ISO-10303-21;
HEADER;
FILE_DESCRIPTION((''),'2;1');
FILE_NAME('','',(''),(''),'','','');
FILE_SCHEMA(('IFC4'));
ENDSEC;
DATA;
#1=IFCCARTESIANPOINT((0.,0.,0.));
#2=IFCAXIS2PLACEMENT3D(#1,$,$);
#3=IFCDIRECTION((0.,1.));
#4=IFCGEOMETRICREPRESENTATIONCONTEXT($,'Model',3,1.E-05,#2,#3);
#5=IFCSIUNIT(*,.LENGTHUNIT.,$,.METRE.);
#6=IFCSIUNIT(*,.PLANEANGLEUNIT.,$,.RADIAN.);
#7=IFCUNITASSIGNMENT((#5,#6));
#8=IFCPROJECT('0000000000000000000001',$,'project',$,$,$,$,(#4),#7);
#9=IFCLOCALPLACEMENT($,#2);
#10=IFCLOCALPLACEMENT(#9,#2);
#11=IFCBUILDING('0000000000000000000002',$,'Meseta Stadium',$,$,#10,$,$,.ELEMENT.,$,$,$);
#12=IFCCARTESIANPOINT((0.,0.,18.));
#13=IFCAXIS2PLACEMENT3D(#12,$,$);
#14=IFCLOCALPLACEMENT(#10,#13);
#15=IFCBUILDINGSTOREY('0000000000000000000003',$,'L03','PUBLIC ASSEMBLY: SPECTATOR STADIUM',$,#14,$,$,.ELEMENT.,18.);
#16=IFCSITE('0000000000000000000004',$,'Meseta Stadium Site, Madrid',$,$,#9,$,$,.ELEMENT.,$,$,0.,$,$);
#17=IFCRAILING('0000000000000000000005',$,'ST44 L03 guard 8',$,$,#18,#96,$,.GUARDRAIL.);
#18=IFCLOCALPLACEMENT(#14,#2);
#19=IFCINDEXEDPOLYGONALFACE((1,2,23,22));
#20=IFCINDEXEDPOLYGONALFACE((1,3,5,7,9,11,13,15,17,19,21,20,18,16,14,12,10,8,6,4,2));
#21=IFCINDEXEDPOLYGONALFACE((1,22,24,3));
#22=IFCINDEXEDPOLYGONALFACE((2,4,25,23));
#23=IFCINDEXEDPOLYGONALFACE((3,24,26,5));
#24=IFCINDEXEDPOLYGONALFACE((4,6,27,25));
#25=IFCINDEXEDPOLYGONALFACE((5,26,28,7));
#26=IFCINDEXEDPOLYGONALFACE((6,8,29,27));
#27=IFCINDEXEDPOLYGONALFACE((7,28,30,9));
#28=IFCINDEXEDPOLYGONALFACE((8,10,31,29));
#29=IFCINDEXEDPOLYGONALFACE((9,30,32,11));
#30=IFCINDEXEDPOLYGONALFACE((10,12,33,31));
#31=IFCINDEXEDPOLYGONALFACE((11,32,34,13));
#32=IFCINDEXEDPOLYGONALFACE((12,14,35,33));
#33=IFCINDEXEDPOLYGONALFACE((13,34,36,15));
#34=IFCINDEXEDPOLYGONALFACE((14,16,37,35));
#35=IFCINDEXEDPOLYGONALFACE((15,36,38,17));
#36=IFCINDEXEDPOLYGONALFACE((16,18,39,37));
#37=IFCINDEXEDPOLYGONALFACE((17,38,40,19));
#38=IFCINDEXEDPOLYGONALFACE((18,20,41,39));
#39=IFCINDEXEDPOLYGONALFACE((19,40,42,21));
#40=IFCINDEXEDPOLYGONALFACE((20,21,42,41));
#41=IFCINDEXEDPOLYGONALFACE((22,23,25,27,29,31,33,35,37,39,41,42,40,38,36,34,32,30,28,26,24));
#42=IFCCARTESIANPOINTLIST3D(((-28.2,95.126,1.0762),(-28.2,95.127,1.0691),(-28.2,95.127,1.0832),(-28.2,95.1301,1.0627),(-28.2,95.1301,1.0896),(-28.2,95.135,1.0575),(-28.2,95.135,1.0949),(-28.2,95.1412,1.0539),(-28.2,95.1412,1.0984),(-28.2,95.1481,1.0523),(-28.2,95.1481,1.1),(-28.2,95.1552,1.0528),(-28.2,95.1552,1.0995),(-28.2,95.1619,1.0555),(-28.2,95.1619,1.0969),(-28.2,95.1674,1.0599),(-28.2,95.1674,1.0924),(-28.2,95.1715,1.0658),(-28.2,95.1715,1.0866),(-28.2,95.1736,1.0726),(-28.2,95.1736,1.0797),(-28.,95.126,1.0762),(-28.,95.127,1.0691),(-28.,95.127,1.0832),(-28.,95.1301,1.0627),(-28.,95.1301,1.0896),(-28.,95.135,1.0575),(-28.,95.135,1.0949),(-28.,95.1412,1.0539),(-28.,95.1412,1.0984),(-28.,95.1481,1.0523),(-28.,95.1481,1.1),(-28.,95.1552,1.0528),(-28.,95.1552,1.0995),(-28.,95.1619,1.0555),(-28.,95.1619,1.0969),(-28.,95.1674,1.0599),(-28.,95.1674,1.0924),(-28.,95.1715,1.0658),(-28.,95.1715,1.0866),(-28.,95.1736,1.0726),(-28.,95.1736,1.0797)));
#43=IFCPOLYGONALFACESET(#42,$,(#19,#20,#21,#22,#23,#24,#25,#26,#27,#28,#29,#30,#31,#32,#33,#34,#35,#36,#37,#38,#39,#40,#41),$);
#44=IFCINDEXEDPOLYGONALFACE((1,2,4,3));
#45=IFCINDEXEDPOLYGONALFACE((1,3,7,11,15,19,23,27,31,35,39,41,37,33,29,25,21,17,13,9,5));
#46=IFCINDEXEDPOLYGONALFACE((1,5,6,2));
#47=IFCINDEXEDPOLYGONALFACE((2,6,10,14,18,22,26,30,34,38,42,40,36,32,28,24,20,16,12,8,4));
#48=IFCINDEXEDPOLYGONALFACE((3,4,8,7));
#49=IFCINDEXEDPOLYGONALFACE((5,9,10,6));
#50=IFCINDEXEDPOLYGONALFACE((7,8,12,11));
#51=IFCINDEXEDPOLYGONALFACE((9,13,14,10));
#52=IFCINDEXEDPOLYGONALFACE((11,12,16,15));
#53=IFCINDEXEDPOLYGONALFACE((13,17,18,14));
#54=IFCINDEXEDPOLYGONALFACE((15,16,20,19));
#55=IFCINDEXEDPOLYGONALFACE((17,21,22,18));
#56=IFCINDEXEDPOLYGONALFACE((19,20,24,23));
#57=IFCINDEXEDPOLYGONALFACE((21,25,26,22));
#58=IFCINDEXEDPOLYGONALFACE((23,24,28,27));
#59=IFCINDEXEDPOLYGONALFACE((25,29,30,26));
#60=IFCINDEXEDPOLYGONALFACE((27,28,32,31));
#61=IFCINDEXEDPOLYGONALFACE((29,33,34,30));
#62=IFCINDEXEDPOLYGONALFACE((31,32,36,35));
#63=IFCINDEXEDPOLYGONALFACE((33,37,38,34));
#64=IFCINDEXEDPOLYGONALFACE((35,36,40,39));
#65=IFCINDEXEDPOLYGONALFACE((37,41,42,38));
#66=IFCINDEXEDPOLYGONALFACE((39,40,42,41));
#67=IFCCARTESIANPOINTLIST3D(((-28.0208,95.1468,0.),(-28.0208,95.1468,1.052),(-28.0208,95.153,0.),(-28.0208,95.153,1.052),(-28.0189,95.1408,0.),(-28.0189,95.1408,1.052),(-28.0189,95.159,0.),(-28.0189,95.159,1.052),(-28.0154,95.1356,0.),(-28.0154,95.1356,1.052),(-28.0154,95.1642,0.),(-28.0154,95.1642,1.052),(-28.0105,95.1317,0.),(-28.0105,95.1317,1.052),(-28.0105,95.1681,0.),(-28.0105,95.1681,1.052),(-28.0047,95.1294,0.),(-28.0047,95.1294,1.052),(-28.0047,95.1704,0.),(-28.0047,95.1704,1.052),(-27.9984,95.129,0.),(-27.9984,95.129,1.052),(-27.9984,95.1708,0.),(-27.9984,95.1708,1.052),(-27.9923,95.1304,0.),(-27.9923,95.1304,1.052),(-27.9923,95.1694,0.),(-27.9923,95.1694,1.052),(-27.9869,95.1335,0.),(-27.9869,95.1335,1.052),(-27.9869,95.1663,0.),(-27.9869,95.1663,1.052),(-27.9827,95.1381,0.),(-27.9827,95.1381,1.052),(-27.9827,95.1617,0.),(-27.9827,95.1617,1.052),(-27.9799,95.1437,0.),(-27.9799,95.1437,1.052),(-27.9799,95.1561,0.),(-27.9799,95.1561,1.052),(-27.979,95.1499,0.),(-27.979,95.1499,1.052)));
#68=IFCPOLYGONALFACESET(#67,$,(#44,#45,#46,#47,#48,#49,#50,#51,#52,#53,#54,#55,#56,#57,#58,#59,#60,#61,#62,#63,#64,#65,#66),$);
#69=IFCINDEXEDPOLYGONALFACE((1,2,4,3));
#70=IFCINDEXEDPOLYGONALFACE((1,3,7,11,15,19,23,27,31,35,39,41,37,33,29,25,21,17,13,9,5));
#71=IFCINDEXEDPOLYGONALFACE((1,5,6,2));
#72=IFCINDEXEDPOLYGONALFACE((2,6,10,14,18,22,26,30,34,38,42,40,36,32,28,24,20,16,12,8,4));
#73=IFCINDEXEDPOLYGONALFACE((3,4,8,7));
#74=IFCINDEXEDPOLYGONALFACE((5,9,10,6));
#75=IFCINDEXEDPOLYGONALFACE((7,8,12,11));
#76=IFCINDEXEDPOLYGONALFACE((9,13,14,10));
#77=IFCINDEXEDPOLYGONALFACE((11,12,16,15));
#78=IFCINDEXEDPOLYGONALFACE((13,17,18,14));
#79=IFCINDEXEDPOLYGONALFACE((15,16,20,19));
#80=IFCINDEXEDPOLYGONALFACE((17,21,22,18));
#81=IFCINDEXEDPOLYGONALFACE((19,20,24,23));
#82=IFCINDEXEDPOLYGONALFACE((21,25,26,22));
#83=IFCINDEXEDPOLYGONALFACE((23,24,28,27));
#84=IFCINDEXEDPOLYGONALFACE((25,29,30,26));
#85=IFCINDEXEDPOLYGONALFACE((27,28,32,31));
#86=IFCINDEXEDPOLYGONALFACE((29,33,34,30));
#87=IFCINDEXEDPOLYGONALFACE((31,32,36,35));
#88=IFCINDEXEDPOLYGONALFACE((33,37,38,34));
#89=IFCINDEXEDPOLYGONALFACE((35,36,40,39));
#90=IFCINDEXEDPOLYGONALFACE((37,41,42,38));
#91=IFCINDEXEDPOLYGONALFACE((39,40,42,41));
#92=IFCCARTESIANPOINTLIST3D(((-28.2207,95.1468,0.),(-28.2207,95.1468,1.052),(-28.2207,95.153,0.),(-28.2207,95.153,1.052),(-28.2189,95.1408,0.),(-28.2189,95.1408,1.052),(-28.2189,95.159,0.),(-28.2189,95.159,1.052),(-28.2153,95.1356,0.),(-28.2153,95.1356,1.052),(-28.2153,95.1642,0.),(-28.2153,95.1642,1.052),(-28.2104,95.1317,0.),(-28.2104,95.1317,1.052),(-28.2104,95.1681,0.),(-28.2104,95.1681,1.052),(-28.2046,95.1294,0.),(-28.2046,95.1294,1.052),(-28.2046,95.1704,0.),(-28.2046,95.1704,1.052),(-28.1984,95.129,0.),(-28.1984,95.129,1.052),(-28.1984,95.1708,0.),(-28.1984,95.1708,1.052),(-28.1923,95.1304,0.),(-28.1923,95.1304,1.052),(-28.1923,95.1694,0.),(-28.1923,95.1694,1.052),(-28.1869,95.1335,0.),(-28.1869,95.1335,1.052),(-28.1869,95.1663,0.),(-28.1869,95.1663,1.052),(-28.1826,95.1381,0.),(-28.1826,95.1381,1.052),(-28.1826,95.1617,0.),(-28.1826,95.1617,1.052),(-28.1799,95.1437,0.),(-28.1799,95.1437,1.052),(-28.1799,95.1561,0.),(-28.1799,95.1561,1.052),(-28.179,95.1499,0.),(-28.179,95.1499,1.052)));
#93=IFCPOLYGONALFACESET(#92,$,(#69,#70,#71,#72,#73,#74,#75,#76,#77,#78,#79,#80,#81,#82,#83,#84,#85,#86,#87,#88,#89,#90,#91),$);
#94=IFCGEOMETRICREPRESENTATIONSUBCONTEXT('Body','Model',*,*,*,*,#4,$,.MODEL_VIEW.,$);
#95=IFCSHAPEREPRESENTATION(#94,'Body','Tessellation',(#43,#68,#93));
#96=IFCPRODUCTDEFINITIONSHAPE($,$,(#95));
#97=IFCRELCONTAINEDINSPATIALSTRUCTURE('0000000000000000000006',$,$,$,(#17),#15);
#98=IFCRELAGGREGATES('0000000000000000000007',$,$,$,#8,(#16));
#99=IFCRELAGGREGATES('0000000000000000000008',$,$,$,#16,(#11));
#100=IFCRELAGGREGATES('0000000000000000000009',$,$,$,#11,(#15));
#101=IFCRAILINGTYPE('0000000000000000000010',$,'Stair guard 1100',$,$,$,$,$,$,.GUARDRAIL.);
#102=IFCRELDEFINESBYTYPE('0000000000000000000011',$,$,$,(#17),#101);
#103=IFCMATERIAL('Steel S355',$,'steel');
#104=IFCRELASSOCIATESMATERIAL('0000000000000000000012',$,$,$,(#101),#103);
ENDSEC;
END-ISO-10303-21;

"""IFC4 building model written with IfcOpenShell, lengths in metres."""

from ifc_helpers import new_model, si_unit, direction, frame, origin, origin_2d, place, context, subcontext, project, spatial, circle, extrude, material, type_object, element, save


model = new_model("IFC4")

# Units and contexts
model_context = context("Model", 3, precision=1e-05, world=origin(), true_north=direction((0.0, 1.0)))
body_context = subcontext(model_context, "Body", "Model", "MODEL_VIEW")
ifc_project = project(units=[si_unit("LENGTHUNIT", "METRE"), si_unit("PLANEANGLEUNIT", "RADIAN")], contexts=[model_context])

# Site, building, storey
site_placement = place(None, origin())
site = spatial("IfcSite", under=ifc_project, at=site_placement, Name="Meseta Stadium Site, Madrid", CompositionType="ELEMENT", RefElevation=0.0)
building_placement = place(site_placement, origin())
building = spatial("IfcBuilding", under=site, at=building_placement, Name="Meseta Stadium", CompositionType="ELEMENT")
storey_placement = place(building_placement, frame((0.0, 0.0, 18.0)))
storey = spatial("IfcBuildingStorey", under=building, at=storey_placement, Name="L03", Description="PUBLIC ASSEMBLY: SPECTATOR STADIUM", CompositionType="ELEMENT", Elevation=18.0)

# Railing
ifc_material_1 = material(Name="Steel S355", Category="steel")
railing_type_1 = type_object("IfcRailingType", Name="Stair guard 1100", PredefinedType="GUARDRAIL", material=ifc_material_1)
railing_1_placement = place(storey_placement, frame((-28.0, 95.1499, 0.0)))
element("IfcRailing", 1, at=railing_1_placement, inside=storey, type_object=railing_type_1, Name="ST44 L03 guard 8", PredefinedType="GUARDRAIL", context=body_context, shape_type="SweptSolid", body=[
    extrude(circle(Radius=0.0239, at=origin_2d()), frame((0.0, 0.0, 1.0762), z_axis=(-1.0, 0.0, 0.0), x_axis=(0.0, -1.0, 0.0)), (0.0, 0.0, 1.0), 0.2),
    extrude(circle(Radius=0.021, at=origin_2d()), origin(), (0.0, 0.0, 1.0), 1.052),
    extrude(circle(Radius=0.021, at=origin_2d()), frame((-0.2, 0.0, 0.0)), (0.0, 0.0, 1.0), 1.052),
])

save(model, "model.ifc")
